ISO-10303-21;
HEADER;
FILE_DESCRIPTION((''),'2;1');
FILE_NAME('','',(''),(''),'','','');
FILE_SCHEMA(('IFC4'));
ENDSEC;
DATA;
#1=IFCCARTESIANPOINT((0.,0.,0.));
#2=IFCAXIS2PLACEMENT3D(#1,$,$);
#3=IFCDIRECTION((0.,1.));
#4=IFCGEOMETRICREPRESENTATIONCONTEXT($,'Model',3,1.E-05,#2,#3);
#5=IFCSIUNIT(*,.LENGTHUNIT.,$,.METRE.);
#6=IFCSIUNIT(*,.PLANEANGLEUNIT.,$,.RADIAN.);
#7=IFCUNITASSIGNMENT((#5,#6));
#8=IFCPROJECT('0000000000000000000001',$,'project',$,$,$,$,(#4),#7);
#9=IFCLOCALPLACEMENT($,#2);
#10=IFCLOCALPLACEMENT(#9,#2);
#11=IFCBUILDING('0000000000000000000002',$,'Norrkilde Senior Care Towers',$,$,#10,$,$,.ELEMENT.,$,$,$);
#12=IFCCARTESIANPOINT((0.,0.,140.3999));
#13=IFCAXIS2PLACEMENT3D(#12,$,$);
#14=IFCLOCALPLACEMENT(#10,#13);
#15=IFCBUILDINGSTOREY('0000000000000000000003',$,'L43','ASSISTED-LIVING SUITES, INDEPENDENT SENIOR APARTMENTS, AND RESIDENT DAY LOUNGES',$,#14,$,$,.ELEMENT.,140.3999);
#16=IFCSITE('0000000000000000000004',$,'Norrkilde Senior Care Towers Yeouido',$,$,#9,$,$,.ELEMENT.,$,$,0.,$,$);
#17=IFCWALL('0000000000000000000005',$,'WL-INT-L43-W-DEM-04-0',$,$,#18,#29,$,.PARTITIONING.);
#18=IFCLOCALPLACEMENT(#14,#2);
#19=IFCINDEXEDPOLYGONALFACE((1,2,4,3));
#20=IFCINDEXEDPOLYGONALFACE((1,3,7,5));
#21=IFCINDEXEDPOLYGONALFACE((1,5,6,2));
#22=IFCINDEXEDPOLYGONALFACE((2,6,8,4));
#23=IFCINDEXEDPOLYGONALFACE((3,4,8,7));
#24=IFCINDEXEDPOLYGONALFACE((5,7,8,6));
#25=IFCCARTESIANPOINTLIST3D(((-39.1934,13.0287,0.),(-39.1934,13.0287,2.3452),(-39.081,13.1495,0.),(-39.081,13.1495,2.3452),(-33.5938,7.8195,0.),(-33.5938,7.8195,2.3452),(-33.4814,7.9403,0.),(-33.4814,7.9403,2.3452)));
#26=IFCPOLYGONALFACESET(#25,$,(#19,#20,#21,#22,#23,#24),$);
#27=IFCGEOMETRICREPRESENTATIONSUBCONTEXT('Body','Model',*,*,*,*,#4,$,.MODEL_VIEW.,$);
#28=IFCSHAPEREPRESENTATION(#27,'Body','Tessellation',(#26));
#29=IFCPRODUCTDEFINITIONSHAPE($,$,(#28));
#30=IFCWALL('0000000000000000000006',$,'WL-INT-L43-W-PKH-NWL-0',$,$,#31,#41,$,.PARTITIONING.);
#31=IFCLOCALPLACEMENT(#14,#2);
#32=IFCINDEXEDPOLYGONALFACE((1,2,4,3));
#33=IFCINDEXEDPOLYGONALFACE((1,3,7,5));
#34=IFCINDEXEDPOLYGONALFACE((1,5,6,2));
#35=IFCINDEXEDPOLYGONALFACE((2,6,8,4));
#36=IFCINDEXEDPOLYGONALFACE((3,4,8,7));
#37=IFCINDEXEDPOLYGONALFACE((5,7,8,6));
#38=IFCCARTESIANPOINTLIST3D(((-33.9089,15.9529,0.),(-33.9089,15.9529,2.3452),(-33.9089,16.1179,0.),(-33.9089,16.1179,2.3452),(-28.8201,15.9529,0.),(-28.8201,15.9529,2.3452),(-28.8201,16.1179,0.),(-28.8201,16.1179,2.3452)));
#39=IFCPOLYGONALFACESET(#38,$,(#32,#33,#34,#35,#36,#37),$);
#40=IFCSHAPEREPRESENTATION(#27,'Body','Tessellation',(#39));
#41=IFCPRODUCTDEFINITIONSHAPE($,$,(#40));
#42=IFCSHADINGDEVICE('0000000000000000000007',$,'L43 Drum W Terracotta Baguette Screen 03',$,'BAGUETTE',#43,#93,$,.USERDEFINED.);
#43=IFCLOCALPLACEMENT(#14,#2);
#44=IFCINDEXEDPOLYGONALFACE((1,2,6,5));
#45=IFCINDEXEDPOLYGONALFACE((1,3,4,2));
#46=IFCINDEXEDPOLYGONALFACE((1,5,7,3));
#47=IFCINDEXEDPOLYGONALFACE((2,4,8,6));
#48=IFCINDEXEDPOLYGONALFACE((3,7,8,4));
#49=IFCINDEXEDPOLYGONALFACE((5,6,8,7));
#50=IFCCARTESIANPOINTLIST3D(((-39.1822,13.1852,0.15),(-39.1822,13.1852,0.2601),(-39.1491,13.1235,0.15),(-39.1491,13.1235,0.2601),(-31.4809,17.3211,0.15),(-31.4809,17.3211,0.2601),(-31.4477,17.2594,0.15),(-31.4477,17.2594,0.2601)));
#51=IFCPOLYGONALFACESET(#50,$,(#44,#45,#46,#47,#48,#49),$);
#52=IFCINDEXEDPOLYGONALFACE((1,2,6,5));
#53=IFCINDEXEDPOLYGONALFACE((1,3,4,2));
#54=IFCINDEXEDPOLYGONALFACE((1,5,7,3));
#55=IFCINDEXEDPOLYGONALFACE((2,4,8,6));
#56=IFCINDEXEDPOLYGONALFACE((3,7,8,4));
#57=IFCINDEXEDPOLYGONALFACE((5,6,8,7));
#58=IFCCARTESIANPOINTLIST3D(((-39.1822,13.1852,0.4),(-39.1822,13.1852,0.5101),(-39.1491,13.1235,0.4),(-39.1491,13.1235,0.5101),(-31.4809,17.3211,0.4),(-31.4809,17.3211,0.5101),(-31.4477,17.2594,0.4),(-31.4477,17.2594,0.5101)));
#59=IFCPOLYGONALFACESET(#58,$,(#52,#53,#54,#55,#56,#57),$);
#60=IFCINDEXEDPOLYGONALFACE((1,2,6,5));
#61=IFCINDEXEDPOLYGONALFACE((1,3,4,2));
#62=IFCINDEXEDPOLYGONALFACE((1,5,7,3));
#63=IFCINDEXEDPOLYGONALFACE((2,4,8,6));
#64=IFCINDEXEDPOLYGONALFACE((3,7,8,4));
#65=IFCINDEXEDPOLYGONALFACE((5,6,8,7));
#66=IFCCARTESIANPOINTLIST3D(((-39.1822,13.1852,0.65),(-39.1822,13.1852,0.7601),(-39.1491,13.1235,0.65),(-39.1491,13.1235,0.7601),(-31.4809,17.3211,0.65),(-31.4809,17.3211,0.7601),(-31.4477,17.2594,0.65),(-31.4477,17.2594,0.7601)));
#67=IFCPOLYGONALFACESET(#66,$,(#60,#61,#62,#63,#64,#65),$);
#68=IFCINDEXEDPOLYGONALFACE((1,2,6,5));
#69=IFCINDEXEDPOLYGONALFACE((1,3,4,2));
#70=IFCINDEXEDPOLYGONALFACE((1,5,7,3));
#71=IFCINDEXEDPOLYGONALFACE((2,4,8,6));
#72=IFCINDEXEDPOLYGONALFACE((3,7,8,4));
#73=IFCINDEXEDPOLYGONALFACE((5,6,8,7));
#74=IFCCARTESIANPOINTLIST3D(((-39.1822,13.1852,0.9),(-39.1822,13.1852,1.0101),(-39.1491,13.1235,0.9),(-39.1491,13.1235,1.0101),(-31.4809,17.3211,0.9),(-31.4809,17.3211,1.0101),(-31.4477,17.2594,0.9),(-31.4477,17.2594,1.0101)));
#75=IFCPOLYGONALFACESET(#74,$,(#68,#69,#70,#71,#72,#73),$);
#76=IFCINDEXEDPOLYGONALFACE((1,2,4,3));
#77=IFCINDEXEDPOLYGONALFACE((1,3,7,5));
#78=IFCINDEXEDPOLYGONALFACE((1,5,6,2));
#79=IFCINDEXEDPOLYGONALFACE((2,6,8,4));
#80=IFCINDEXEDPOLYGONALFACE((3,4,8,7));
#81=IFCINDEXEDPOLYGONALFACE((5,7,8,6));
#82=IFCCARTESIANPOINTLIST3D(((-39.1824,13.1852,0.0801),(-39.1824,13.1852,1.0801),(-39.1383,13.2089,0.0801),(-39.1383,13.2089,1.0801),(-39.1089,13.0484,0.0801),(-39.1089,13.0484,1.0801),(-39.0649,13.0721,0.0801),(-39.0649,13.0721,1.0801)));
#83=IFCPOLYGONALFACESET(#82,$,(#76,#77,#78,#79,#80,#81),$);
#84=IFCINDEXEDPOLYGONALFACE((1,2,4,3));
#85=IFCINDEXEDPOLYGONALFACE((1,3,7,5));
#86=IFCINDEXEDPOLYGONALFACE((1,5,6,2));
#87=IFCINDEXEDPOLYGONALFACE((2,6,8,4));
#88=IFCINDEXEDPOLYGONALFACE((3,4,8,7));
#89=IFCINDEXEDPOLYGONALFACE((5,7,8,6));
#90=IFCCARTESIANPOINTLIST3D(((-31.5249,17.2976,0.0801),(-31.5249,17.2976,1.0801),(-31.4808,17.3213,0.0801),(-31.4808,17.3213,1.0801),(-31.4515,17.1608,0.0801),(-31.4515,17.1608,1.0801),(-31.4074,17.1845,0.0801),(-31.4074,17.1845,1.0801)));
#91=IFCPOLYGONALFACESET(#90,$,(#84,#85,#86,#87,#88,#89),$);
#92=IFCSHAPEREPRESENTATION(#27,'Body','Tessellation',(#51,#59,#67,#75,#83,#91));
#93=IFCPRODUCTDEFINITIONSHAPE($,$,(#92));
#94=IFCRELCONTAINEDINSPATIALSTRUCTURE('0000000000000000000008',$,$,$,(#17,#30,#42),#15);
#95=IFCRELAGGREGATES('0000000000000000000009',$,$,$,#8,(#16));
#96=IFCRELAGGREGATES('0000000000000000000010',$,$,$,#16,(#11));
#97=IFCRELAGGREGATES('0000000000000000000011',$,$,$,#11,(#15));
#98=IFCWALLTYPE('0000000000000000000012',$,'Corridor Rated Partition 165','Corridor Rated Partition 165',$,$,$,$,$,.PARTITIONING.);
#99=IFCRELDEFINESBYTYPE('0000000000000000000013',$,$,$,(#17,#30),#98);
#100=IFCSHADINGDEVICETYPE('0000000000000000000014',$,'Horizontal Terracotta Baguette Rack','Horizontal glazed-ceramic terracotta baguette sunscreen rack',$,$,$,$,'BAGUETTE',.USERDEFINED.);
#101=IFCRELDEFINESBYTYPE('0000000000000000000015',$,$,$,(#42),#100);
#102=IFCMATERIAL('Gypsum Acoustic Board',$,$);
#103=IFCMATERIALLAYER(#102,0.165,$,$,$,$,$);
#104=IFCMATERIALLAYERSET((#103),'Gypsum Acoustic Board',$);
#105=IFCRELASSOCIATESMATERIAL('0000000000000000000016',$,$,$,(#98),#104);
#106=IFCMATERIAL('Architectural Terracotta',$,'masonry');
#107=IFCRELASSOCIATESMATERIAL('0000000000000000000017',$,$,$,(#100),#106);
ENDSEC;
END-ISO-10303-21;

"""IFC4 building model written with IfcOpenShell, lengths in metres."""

from ifc_helpers import new_model, si_unit, direction, frame, frame_2d, origin, origin_2d, place, context, subcontext, project, spatial, rectangle, extrude, source, transform, mapped, material, layer, layer_set, type_object, type_shapes, element, save


model = new_model("IFC4")

# Units and contexts
model_context = context("Model", 3, precision=1e-05, world=origin(), true_north=direction((0.0, 1.0)))
body_context = subcontext(model_context, "Body", "Model", "MODEL_VIEW")
ifc_project = project(units=[si_unit("LENGTHUNIT", "METRE"), si_unit("PLANEANGLEUNIT", "RADIAN")], contexts=[model_context])

# Site, building, storey
site_placement = place(None, origin())
site = spatial("IfcSite", under=ifc_project, at=site_placement, Name="Norrkilde Senior Care Towers Yeouido", CompositionType="ELEMENT", RefElevation=0.0)
building_placement = place(site_placement, origin())
building = spatial("IfcBuilding", under=site, at=building_placement, Name="Norrkilde Senior Care Towers", CompositionType="ELEMENT")
storey_placement = place(building_placement, frame((0.0, 0.0, 140.3999)))
storey = spatial("IfcBuildingStorey", under=building, at=storey_placement, Name="L43", Description="ASSISTED-LIVING SUITES, INDEPENDENT SENIOR APARTMENTS, AND RESIDENT DAY LOUNGES", CompositionType="ELEMENT", Elevation=140.3999)

# Shared definitions
ifc_material_1 = material(Name="Gypsum Acoustic Board")
ifc_layer_1 = layer(ifc_material_1, 0.165)
ifc_layer_set_1 = layer_set([ifc_layer_1], Name="Gypsum Acoustic Board")
wall_type = type_object("IfcWallType", Name="Corridor Rated Partition 165", Description="Corridor Rated Partition 165", PredefinedType="PARTITIONING", material=ifc_layer_set_1)

# Walls
shared_shape_1 = source(origin(), body_context, "Body", "SweptSolid", [
    extrude(rectangle(XDim=7.6479, YDim=0.165, at=frame_2d((3.824, 0.0))), origin(), (0.0, 0.0, 1.0), 2.3452),
])
wall_1_placement = place(storey_placement, frame((-33.5376, 7.8799, 0.0), z_axis=(0.0, 0.0, 1.0), x_axis=(-0.732168, 0.681124, 0.0)))
element("IfcWall", 1, at=wall_1_placement, inside=storey, type_object=wall_type, Name="WL-INT-L43-W-DEM-04-0", PredefinedType="PARTITIONING", context=body_context, shape_type="MappedRepresentation", body=[
    mapped(shared_shape_1, transform((0.0, 0.0, 0.0), x_axis=(1.0, 0.0, 0.0), y_axis=(0.0, 1.0, 0.0), z_axis=(0.0, 0.0, 1.0), scale=1.0)),
])
shared_shape_2 = source(origin(), body_context, "Body", "SweptSolid", [
    extrude(rectangle(XDim=5.0889, YDim=0.165, at=frame_2d((2.5444, 0.0))), origin(), (0.0, 0.0, 1.0), 2.3452),
])
wall_2_placement = place(storey_placement, frame((-33.9089, 16.0354, 0.0), z_axis=(0.0, 0.0, 1.0), x_axis=(1.0, 0.0, 0.0)))
element("IfcWall", 2, at=wall_2_placement, inside=storey, type_object=wall_type, Name="WL-INT-L43-W-PKH-NWL-0", PredefinedType="PARTITIONING", context=body_context, shape_type="MappedRepresentation", body=[
    mapped(shared_shape_2, transform((0.0, 0.0, 0.0), x_axis=(1.0, 0.0, 0.0), y_axis=(0.0, 1.0, 0.0), z_axis=(0.0, 0.0, 1.0), scale=1.0)),
])

# Shading device
ifc_material_2 = material(Name="Architectural Terracotta", Category="masonry")
shading_device_type = type_object("IfcShadingDeviceType", Name="Horizontal Terracotta Baguette Rack", Description="Horizontal glazed-ceramic terracotta baguette sunscreen rack", ElementType="BAGUETTE", PredefinedType="USERDEFINED", material=ifc_material_2)
shared_shape_3 = source(origin(), body_context, "Body", "SweptSolid", [
    extrude(rectangle(XDim=0.0701, YDim=0.1101, at=origin_2d()), frame((0.0, 0.0901, 0.125), z_axis=(1.0, 0.0, 0.0), x_axis=(0.0, 1.0, 0.0)), (0.0, 0.0, 1.0), 8.7417),
    extrude(rectangle(XDim=0.0701, YDim=0.1101, at=origin_2d()), frame((0.0, 0.0901, 0.375), z_axis=(1.0, 0.0, 0.0), x_axis=(0.0, 1.0, 0.0)), (0.0, 0.0, 1.0), 8.7417),
    extrude(rectangle(XDim=0.0701, YDim=0.1101, at=origin_2d()), frame((0.0, 0.0901, 0.625), z_axis=(1.0, 0.0, 0.0), x_axis=(0.0, 1.0, 0.0)), (0.0, 0.0, 1.0), 8.7417),
    extrude(rectangle(XDim=0.0701, YDim=0.1101, at=origin_2d()), frame((0.0, 0.0901, 0.875), z_axis=(1.0, 0.0, 0.0), x_axis=(0.0, 1.0, 0.0)), (0.0, 0.0, 1.0), 8.7417),
    extrude(rectangle(XDim=0.05, YDim=0.1553, at=origin_2d()), frame((0.0249, 0.0476, 0.0)), (0.0, 0.0, 1.0), 1.0),
    extrude(rectangle(XDim=0.05, YDim=0.1553, at=origin_2d()), frame((8.7168, 0.0476, 0.0)), (0.0, 0.0, 1.0), 1.0),
])
type_shapes(shading_device_type, [shared_shape_3])
shading_device_placement = place(storey_placement, frame((-39.123, 13.075, 0.0801), z_axis=(0.0, 0.0, 1.0), x_axis=(0.880998, 0.473133, 0.0)))
element("IfcShadingDevice", 3, at=shading_device_placement, inside=storey, type_object=shading_device_type, Name="L43 Drum W Terracotta Baguette Screen 03", ObjectType="BAGUETTE", PredefinedType="USERDEFINED", context=body_context, shape_type="MappedRepresentation", body=[
    mapped(shared_shape_3, transform((0.0, 0.0, 0.0), x_axis=(1.0, 0.0, 0.0), y_axis=(0.0, 1.0, 0.0), z_axis=(0.0, 0.0, 1.0), scale=1.0)),
])

save(model, "model.ifc")
